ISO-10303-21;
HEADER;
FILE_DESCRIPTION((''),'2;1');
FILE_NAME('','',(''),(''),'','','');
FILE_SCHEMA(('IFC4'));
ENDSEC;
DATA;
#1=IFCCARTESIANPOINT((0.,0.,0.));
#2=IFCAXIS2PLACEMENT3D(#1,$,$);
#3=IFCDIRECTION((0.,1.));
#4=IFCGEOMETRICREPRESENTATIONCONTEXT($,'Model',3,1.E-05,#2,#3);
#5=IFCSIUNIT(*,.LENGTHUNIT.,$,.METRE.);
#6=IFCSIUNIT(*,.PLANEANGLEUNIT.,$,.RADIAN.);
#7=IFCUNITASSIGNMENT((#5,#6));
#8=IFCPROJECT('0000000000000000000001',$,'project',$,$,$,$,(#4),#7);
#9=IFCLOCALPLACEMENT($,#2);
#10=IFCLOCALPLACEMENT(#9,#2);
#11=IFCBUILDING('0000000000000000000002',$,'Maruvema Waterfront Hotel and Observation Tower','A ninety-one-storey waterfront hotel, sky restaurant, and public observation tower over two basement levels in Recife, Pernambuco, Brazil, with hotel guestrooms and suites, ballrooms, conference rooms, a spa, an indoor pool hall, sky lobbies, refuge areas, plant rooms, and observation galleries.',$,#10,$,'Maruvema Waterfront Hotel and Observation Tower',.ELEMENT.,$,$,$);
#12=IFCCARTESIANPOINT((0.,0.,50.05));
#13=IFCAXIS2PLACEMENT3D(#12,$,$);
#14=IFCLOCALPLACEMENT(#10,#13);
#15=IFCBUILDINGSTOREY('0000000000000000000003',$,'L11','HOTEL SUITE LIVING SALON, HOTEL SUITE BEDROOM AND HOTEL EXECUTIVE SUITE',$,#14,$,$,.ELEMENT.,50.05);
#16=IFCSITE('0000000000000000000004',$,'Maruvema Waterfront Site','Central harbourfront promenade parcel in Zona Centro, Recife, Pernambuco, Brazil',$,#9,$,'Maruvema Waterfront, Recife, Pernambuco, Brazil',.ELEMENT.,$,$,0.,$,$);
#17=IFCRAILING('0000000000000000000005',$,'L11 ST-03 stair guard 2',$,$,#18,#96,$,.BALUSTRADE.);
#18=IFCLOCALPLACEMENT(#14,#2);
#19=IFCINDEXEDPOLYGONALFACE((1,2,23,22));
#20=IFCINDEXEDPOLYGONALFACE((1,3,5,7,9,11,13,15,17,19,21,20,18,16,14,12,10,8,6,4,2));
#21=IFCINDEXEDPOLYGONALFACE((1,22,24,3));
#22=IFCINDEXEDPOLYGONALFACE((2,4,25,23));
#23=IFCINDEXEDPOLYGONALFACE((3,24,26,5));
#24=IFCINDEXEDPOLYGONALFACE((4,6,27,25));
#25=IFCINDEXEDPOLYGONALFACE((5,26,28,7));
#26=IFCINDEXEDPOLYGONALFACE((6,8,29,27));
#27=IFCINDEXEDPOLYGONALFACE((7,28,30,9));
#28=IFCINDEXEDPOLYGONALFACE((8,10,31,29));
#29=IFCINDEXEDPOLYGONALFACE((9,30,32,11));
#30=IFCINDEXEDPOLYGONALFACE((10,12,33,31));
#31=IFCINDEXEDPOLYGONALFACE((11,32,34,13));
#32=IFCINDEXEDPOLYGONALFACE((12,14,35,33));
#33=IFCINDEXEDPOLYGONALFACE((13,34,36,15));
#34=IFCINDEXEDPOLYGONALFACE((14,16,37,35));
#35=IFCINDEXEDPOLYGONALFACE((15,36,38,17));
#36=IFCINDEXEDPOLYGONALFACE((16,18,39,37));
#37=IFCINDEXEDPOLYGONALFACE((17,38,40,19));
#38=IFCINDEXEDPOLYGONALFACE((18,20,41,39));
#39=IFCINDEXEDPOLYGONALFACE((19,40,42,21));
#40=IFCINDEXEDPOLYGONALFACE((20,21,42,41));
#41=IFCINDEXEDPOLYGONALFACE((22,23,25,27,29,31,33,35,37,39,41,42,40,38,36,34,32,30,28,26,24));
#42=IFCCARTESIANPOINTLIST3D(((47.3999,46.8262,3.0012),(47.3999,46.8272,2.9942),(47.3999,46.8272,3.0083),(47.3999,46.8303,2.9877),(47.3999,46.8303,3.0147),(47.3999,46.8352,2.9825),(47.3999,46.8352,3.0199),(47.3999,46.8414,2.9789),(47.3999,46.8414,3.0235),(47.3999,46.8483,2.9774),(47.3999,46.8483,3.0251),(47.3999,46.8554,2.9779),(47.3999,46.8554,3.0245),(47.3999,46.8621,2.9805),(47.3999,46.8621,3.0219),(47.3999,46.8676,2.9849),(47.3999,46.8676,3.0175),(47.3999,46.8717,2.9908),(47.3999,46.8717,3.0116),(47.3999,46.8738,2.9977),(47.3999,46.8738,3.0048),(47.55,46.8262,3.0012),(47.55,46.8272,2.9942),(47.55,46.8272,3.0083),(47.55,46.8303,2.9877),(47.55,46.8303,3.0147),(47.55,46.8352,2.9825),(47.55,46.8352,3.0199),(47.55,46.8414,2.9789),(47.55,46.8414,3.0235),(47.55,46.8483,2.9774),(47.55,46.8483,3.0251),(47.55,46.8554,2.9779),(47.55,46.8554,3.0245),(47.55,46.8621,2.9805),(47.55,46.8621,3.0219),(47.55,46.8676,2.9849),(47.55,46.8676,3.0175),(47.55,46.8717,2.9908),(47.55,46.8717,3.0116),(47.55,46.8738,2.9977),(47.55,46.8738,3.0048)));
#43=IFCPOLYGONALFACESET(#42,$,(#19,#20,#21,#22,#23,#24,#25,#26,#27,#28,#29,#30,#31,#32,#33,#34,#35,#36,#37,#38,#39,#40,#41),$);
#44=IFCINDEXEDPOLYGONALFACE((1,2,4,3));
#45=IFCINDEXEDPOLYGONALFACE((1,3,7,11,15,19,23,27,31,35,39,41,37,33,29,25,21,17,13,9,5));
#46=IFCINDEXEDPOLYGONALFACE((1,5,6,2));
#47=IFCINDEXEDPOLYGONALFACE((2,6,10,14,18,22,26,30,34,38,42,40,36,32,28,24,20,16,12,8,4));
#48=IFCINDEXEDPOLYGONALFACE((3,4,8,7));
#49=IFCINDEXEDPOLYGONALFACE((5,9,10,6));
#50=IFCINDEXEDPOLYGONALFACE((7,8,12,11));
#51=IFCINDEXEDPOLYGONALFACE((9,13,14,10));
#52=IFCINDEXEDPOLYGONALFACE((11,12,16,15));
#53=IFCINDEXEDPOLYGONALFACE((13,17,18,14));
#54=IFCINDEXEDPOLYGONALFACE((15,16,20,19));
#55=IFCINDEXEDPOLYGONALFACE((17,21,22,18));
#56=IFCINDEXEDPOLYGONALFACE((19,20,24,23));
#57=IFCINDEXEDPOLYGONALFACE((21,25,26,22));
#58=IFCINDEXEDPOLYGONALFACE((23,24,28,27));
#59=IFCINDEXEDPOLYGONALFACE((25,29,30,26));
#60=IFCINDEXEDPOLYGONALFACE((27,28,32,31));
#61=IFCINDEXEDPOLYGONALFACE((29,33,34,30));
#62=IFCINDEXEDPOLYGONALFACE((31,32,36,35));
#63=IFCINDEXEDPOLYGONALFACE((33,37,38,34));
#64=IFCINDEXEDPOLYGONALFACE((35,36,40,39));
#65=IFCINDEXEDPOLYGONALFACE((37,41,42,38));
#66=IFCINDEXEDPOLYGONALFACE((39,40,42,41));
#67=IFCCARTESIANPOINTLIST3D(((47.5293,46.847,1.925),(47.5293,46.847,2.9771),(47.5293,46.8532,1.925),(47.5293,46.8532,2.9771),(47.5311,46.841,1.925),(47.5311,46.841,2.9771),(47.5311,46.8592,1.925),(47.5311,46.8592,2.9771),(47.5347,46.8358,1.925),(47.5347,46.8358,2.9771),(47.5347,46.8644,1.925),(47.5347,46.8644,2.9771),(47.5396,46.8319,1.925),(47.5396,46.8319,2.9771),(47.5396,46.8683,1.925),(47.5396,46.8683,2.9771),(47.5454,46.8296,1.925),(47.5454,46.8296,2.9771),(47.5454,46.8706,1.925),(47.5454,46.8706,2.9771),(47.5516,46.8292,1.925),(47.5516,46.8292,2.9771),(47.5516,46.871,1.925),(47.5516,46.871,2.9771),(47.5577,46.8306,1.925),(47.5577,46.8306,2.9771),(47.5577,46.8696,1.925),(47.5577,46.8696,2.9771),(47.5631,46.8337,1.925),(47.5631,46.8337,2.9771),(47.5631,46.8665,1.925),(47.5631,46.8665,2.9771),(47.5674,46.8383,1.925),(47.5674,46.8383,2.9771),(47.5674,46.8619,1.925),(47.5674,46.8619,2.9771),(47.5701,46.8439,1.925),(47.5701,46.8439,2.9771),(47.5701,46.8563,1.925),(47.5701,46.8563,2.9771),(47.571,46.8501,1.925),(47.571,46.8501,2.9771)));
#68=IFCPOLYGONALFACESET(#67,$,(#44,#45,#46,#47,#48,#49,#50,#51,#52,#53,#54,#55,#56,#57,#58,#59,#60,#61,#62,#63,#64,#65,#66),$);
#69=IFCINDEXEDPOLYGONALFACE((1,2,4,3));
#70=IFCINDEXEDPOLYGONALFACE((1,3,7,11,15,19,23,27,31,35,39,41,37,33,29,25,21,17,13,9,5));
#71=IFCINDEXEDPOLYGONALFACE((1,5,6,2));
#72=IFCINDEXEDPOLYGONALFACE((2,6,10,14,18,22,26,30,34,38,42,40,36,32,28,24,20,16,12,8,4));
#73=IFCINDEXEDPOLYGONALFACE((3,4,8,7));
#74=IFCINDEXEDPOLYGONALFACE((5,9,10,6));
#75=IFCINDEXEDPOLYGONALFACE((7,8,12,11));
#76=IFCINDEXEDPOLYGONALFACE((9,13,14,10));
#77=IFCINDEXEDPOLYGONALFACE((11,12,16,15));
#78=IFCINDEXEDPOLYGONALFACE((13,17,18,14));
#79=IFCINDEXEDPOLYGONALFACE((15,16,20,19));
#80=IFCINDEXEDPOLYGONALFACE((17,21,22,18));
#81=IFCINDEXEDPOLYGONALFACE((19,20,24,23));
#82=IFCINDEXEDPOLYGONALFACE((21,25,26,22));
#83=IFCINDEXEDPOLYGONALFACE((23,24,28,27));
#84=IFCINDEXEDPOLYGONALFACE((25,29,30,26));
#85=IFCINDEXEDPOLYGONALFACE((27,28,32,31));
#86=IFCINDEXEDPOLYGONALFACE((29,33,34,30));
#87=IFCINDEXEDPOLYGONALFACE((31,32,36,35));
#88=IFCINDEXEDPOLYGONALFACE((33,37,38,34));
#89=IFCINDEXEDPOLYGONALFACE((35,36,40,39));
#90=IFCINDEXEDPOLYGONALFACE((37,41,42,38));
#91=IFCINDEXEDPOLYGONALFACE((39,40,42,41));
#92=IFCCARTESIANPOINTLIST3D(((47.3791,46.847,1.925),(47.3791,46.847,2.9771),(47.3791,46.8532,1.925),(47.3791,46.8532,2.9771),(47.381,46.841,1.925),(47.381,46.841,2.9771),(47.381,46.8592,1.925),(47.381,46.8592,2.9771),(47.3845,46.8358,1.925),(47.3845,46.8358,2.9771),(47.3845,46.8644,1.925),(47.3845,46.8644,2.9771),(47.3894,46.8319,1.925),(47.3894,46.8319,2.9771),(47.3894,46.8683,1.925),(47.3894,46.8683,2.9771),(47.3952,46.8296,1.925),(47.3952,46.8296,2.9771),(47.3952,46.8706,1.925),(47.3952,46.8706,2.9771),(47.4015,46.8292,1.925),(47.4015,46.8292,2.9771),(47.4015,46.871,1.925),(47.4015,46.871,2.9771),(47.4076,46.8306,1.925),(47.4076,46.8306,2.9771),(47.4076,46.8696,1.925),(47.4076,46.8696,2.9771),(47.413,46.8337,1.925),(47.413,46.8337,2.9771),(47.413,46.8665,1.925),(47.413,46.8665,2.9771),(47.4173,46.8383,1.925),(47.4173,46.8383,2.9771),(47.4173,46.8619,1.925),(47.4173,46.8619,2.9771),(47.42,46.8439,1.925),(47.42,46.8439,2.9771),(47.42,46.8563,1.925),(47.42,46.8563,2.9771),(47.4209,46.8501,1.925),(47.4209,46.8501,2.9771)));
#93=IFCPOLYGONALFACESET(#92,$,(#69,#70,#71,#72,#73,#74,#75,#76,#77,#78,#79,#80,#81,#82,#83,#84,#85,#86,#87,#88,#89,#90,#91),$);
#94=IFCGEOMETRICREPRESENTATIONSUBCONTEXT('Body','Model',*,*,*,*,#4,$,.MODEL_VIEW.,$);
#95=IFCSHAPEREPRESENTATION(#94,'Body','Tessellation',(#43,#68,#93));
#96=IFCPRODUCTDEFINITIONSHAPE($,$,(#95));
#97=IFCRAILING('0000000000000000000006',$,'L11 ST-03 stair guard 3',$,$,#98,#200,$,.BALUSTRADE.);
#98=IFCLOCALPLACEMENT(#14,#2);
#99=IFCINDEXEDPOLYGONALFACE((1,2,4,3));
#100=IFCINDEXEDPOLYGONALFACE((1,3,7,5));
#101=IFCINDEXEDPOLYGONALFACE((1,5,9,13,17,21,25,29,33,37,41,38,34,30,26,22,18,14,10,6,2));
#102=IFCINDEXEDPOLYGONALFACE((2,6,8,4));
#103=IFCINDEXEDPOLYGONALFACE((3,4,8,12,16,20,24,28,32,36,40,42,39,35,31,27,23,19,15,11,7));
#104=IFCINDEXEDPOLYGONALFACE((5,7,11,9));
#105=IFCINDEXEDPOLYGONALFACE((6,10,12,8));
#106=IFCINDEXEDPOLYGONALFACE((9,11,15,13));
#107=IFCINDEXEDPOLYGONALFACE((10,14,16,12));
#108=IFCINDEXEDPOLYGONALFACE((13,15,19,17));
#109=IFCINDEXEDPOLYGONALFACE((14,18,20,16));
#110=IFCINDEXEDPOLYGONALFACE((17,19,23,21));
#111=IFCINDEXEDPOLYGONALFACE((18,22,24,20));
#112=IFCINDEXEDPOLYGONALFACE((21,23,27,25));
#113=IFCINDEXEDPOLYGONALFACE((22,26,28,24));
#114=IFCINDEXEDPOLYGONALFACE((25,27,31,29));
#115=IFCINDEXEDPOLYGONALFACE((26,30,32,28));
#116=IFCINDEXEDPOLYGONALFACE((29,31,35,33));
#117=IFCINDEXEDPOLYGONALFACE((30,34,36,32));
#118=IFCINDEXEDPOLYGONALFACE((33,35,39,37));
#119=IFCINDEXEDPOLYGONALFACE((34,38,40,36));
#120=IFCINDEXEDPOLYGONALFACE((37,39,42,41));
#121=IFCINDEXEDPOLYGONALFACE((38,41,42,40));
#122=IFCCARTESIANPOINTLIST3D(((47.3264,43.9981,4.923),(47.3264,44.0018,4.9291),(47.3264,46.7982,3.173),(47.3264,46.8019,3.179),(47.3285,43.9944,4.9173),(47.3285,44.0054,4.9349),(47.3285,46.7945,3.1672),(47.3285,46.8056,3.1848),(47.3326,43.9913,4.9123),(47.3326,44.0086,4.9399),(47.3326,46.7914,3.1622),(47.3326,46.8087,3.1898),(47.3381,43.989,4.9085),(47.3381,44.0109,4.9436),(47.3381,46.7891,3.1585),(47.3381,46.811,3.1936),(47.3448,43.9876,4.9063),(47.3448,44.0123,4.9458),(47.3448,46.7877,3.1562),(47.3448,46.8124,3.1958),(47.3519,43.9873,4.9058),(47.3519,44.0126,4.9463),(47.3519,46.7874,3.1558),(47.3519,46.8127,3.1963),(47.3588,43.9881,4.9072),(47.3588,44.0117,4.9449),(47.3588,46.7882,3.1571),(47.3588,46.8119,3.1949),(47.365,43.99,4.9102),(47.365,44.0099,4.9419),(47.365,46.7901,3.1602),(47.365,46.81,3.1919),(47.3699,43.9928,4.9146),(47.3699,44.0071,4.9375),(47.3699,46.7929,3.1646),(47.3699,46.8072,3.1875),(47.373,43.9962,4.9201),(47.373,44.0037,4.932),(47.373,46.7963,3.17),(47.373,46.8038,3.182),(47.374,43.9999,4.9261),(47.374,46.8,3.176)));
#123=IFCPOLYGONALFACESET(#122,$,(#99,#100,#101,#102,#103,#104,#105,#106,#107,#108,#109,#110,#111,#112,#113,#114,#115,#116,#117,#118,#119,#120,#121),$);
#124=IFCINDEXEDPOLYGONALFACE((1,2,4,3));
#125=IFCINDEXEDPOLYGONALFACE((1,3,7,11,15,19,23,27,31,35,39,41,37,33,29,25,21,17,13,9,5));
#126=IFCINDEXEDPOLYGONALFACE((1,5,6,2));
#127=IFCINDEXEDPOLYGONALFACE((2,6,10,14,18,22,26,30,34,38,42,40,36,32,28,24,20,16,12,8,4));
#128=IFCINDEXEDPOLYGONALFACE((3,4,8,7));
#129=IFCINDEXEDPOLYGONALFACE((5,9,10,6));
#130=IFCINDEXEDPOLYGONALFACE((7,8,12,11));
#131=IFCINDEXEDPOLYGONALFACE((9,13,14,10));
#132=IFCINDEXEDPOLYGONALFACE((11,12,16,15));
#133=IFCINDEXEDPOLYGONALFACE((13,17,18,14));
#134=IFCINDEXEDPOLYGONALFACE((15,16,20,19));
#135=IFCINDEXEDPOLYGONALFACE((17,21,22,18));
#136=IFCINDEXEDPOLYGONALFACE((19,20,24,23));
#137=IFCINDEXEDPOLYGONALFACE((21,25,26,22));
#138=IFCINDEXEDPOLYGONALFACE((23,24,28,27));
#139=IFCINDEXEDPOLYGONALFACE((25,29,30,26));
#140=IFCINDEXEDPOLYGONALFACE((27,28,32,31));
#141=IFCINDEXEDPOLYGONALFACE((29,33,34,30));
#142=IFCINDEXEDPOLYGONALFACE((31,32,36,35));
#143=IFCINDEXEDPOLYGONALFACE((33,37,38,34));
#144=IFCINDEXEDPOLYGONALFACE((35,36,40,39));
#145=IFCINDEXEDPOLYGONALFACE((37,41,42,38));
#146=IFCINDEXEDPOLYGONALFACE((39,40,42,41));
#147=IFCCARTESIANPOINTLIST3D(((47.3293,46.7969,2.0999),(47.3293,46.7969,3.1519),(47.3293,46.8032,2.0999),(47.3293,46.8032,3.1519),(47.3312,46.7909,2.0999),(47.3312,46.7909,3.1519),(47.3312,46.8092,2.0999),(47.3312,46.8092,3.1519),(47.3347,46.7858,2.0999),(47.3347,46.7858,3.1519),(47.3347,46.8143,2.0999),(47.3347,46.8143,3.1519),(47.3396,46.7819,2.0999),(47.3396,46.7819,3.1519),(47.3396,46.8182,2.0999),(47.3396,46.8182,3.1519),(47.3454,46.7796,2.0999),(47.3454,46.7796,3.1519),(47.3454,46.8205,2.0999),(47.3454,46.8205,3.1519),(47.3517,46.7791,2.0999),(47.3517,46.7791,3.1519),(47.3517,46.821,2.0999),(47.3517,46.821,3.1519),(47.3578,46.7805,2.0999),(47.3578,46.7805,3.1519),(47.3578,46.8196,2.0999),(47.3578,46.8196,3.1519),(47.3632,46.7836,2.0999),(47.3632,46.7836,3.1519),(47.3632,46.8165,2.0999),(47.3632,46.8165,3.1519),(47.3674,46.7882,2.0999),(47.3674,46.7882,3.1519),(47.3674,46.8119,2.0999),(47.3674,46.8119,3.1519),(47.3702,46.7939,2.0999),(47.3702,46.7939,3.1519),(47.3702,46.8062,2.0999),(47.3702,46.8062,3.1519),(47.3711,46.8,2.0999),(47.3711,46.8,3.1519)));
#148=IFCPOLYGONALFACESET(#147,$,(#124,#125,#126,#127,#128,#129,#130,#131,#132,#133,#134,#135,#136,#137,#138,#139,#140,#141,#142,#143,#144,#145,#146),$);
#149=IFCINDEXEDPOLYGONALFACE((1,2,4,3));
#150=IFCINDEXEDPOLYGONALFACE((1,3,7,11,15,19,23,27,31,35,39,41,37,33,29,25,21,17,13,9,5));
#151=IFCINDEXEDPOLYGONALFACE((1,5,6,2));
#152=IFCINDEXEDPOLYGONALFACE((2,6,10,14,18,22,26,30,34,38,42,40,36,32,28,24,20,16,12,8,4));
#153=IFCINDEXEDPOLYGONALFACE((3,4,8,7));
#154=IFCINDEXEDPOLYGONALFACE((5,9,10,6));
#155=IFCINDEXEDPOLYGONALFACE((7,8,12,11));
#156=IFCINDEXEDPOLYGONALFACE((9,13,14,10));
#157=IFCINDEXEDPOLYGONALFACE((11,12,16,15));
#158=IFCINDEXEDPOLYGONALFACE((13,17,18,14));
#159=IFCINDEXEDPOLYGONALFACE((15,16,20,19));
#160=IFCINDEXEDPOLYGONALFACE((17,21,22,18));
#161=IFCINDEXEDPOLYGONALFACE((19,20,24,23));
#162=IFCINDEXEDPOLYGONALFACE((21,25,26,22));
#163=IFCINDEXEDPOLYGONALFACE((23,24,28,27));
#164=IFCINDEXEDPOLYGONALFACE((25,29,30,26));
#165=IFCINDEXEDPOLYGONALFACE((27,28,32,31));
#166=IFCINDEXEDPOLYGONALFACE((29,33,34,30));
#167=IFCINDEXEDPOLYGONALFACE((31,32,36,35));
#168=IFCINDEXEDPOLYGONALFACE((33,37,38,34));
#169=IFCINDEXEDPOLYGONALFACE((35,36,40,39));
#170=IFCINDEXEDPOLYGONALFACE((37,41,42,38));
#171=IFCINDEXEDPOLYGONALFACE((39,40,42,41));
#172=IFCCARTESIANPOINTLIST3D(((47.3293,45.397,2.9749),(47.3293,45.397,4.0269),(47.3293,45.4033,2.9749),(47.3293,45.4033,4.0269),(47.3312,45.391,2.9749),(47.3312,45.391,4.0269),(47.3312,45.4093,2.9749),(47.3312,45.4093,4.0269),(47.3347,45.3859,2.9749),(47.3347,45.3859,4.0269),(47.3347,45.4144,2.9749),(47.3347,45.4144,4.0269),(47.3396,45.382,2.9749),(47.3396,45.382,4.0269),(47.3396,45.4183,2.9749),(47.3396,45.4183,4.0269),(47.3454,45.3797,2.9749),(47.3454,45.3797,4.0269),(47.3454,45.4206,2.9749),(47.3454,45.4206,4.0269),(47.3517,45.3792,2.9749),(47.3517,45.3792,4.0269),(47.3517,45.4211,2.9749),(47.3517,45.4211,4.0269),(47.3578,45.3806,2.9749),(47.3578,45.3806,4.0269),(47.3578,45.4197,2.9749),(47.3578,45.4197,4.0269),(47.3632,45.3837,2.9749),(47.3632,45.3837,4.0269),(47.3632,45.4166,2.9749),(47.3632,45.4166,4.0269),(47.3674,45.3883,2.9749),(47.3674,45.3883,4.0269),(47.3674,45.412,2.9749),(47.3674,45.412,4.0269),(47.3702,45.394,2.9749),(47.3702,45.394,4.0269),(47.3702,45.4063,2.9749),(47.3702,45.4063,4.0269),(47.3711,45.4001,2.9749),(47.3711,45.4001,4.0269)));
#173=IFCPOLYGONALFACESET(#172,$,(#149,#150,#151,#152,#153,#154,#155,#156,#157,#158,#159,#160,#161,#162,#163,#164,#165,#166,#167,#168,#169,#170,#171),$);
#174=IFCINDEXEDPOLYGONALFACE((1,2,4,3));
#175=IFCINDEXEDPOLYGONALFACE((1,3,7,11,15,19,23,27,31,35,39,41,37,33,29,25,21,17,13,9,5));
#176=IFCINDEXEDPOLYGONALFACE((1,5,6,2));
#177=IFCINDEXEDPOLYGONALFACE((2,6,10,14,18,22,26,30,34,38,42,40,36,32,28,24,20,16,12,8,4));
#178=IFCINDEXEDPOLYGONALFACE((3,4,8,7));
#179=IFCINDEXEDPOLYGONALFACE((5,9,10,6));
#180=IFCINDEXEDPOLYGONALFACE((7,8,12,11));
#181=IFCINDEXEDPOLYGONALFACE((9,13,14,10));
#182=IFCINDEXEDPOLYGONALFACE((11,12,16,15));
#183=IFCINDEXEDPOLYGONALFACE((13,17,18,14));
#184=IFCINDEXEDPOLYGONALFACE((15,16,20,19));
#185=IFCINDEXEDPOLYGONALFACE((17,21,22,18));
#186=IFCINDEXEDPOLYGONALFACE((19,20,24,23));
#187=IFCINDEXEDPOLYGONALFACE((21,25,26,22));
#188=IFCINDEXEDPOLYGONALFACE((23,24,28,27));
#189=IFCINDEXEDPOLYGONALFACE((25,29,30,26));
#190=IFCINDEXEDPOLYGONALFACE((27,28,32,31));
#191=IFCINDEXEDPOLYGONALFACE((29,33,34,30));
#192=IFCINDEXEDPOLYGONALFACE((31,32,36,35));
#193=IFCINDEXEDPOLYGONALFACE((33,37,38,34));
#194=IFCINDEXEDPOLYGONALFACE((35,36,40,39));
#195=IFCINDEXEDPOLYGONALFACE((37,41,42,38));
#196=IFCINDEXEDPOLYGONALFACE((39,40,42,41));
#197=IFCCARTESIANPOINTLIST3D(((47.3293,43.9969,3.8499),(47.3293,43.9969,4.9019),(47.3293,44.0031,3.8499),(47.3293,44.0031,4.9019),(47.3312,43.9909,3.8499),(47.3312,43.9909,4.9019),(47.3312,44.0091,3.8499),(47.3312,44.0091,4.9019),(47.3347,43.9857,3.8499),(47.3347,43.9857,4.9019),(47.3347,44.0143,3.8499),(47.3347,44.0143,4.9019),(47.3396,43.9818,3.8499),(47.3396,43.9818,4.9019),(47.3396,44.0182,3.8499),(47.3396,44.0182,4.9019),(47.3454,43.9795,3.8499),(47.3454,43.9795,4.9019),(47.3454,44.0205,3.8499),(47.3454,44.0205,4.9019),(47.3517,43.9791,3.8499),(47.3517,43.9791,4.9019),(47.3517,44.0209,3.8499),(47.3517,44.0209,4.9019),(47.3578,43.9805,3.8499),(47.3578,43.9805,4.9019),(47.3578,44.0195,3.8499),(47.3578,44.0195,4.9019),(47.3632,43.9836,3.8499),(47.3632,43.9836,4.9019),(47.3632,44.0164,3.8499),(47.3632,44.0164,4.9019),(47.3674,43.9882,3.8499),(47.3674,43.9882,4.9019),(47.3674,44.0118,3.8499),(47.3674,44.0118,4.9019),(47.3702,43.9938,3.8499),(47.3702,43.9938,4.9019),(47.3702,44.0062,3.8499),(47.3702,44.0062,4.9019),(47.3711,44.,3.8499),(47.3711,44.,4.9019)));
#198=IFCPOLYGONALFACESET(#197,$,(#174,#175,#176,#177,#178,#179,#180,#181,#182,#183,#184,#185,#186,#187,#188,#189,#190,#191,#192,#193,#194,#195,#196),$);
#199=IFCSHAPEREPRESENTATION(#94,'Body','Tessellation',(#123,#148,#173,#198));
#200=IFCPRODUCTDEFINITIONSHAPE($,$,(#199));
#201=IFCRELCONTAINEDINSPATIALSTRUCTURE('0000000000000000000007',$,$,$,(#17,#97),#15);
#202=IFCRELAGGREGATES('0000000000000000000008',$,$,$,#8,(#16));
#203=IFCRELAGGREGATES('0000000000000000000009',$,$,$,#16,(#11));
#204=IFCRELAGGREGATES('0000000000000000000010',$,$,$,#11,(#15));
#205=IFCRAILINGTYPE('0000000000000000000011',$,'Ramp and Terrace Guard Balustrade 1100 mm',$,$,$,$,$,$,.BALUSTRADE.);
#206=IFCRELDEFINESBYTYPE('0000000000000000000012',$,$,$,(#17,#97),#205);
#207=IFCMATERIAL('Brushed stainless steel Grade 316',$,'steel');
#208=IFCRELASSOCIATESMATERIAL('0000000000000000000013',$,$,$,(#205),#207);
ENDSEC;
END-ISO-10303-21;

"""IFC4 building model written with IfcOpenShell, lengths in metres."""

from ifc_helpers import new_model, si_unit, direction, frame, origin, origin_2d, place, context, subcontext, project, spatial, circle, extrude, material, type_object, element, save


model = new_model("IFC4")

# Units and contexts
model_context = context("Model", 3, precision=1e-05, world=origin(), true_north=direction((0.0, 1.0)))
body_context = subcontext(model_context, "Body", "Model", "MODEL_VIEW")
ifc_project = project(units=[si_unit("LENGTHUNIT", "METRE"), si_unit("PLANEANGLEUNIT", "RADIAN")], contexts=[model_context])

# Site, building, storey
site_placement = place(None, origin())
site = spatial("IfcSite", under=ifc_project, at=site_placement, Name="Maruvema Waterfront Site", Description="Central harbourfront promenade parcel in Zona Centro, Recife, Pernambuco, Brazil", LongName="Maruvema Waterfront, Recife, Pernambuco, Brazil", CompositionType="ELEMENT", RefElevation=0.0)
building_placement = place(site_placement, origin())
building = spatial("IfcBuilding", under=site, at=building_placement, Name="Maruvema Waterfront Hotel and Observation Tower", Description="A ninety-one-storey waterfront hotel, sky restaurant, and public observation tower over two basement levels in Recife, Pernambuco, Brazil, with hotel guestrooms and suites, ballrooms, conference rooms, a spa, an indoor pool hall, sky lobbies, refuge areas, plant rooms, and observation galleries.", LongName="Maruvema Waterfront Hotel and Observation Tower", CompositionType="ELEMENT")
storey_placement = place(building_placement, frame((0.0, 0.0, 50.05)))
storey = spatial("IfcBuildingStorey", under=building, at=storey_placement, Name="L11", Description="HOTEL SUITE LIVING SALON, HOTEL SUITE BEDROOM AND HOTEL EXECUTIVE SUITE", CompositionType="ELEMENT", Elevation=50.05)

# Railings
ifc_material_1 = material(Name="Brushed stainless steel Grade 316", Category="steel")
railing_type_1 = type_object("IfcRailingType", Name="Ramp and Terrace Guard Balustrade 1100 mm", PredefinedType="BALUSTRADE", material=ifc_material_1)
railing_1_placement = place(storey_placement, frame((47.55, 46.8501, 1.925)))
element("IfcRailing", 1, at=railing_1_placement, inside=storey, type_object=railing_type_1, Name="L11 ST-03 stair guard 2", PredefinedType="BALUSTRADE", context=body_context, shape_type="SweptSolid", body=[
    extrude(circle(Radius=0.0239, at=origin_2d()), frame((0.0, 0.0, 1.0762), z_axis=(-1.0, 0.0, 0.0), x_axis=(0.0, -1.0, 0.0)), (0.0, 0.0, 1.0), 0.1501),
    extrude(circle(Radius=0.021, at=origin_2d()), origin(), (0.0, 0.0, 1.0), 1.052),
    extrude(circle(Radius=0.021, at=origin_2d()), frame((-0.1501, 0.0, 0.0)), (0.0, 0.0, 1.0), 1.052),
])
railing_2_placement = place(storey_placement, frame((47.3501, 46.8, 2.0999)))
element("IfcRailing", 2, at=railing_2_placement, inside=storey, type_object=railing_type_1, Name="L11 ST-03 stair guard 3", PredefinedType="BALUSTRADE", context=body_context, shape_type="SweptSolid", body=[
    extrude(circle(Radius=0.0239, at=origin_2d()), frame((0.0, 0.0, 1.0762), z_axis=(0.0, -0.848002, 0.529992), x_axis=(1.0, 0.0, 0.0)), (0.0, 0.0, 1.0), 3.302),
    extrude(circle(Radius=0.021, at=origin_2d()), origin(), (0.0, 0.0, 1.0), 1.052),
    extrude(circle(Radius=0.021, at=origin_2d()), frame((0.0, -1.3999, 0.875)), (0.0, 0.0, 1.0), 1.052),
    extrude(circle(Radius=0.021, at=origin_2d()), frame((0.0, -2.8, 1.75)), (0.0, 0.0, 1.0), 1.052),
])

save(model, "model.ifc")
